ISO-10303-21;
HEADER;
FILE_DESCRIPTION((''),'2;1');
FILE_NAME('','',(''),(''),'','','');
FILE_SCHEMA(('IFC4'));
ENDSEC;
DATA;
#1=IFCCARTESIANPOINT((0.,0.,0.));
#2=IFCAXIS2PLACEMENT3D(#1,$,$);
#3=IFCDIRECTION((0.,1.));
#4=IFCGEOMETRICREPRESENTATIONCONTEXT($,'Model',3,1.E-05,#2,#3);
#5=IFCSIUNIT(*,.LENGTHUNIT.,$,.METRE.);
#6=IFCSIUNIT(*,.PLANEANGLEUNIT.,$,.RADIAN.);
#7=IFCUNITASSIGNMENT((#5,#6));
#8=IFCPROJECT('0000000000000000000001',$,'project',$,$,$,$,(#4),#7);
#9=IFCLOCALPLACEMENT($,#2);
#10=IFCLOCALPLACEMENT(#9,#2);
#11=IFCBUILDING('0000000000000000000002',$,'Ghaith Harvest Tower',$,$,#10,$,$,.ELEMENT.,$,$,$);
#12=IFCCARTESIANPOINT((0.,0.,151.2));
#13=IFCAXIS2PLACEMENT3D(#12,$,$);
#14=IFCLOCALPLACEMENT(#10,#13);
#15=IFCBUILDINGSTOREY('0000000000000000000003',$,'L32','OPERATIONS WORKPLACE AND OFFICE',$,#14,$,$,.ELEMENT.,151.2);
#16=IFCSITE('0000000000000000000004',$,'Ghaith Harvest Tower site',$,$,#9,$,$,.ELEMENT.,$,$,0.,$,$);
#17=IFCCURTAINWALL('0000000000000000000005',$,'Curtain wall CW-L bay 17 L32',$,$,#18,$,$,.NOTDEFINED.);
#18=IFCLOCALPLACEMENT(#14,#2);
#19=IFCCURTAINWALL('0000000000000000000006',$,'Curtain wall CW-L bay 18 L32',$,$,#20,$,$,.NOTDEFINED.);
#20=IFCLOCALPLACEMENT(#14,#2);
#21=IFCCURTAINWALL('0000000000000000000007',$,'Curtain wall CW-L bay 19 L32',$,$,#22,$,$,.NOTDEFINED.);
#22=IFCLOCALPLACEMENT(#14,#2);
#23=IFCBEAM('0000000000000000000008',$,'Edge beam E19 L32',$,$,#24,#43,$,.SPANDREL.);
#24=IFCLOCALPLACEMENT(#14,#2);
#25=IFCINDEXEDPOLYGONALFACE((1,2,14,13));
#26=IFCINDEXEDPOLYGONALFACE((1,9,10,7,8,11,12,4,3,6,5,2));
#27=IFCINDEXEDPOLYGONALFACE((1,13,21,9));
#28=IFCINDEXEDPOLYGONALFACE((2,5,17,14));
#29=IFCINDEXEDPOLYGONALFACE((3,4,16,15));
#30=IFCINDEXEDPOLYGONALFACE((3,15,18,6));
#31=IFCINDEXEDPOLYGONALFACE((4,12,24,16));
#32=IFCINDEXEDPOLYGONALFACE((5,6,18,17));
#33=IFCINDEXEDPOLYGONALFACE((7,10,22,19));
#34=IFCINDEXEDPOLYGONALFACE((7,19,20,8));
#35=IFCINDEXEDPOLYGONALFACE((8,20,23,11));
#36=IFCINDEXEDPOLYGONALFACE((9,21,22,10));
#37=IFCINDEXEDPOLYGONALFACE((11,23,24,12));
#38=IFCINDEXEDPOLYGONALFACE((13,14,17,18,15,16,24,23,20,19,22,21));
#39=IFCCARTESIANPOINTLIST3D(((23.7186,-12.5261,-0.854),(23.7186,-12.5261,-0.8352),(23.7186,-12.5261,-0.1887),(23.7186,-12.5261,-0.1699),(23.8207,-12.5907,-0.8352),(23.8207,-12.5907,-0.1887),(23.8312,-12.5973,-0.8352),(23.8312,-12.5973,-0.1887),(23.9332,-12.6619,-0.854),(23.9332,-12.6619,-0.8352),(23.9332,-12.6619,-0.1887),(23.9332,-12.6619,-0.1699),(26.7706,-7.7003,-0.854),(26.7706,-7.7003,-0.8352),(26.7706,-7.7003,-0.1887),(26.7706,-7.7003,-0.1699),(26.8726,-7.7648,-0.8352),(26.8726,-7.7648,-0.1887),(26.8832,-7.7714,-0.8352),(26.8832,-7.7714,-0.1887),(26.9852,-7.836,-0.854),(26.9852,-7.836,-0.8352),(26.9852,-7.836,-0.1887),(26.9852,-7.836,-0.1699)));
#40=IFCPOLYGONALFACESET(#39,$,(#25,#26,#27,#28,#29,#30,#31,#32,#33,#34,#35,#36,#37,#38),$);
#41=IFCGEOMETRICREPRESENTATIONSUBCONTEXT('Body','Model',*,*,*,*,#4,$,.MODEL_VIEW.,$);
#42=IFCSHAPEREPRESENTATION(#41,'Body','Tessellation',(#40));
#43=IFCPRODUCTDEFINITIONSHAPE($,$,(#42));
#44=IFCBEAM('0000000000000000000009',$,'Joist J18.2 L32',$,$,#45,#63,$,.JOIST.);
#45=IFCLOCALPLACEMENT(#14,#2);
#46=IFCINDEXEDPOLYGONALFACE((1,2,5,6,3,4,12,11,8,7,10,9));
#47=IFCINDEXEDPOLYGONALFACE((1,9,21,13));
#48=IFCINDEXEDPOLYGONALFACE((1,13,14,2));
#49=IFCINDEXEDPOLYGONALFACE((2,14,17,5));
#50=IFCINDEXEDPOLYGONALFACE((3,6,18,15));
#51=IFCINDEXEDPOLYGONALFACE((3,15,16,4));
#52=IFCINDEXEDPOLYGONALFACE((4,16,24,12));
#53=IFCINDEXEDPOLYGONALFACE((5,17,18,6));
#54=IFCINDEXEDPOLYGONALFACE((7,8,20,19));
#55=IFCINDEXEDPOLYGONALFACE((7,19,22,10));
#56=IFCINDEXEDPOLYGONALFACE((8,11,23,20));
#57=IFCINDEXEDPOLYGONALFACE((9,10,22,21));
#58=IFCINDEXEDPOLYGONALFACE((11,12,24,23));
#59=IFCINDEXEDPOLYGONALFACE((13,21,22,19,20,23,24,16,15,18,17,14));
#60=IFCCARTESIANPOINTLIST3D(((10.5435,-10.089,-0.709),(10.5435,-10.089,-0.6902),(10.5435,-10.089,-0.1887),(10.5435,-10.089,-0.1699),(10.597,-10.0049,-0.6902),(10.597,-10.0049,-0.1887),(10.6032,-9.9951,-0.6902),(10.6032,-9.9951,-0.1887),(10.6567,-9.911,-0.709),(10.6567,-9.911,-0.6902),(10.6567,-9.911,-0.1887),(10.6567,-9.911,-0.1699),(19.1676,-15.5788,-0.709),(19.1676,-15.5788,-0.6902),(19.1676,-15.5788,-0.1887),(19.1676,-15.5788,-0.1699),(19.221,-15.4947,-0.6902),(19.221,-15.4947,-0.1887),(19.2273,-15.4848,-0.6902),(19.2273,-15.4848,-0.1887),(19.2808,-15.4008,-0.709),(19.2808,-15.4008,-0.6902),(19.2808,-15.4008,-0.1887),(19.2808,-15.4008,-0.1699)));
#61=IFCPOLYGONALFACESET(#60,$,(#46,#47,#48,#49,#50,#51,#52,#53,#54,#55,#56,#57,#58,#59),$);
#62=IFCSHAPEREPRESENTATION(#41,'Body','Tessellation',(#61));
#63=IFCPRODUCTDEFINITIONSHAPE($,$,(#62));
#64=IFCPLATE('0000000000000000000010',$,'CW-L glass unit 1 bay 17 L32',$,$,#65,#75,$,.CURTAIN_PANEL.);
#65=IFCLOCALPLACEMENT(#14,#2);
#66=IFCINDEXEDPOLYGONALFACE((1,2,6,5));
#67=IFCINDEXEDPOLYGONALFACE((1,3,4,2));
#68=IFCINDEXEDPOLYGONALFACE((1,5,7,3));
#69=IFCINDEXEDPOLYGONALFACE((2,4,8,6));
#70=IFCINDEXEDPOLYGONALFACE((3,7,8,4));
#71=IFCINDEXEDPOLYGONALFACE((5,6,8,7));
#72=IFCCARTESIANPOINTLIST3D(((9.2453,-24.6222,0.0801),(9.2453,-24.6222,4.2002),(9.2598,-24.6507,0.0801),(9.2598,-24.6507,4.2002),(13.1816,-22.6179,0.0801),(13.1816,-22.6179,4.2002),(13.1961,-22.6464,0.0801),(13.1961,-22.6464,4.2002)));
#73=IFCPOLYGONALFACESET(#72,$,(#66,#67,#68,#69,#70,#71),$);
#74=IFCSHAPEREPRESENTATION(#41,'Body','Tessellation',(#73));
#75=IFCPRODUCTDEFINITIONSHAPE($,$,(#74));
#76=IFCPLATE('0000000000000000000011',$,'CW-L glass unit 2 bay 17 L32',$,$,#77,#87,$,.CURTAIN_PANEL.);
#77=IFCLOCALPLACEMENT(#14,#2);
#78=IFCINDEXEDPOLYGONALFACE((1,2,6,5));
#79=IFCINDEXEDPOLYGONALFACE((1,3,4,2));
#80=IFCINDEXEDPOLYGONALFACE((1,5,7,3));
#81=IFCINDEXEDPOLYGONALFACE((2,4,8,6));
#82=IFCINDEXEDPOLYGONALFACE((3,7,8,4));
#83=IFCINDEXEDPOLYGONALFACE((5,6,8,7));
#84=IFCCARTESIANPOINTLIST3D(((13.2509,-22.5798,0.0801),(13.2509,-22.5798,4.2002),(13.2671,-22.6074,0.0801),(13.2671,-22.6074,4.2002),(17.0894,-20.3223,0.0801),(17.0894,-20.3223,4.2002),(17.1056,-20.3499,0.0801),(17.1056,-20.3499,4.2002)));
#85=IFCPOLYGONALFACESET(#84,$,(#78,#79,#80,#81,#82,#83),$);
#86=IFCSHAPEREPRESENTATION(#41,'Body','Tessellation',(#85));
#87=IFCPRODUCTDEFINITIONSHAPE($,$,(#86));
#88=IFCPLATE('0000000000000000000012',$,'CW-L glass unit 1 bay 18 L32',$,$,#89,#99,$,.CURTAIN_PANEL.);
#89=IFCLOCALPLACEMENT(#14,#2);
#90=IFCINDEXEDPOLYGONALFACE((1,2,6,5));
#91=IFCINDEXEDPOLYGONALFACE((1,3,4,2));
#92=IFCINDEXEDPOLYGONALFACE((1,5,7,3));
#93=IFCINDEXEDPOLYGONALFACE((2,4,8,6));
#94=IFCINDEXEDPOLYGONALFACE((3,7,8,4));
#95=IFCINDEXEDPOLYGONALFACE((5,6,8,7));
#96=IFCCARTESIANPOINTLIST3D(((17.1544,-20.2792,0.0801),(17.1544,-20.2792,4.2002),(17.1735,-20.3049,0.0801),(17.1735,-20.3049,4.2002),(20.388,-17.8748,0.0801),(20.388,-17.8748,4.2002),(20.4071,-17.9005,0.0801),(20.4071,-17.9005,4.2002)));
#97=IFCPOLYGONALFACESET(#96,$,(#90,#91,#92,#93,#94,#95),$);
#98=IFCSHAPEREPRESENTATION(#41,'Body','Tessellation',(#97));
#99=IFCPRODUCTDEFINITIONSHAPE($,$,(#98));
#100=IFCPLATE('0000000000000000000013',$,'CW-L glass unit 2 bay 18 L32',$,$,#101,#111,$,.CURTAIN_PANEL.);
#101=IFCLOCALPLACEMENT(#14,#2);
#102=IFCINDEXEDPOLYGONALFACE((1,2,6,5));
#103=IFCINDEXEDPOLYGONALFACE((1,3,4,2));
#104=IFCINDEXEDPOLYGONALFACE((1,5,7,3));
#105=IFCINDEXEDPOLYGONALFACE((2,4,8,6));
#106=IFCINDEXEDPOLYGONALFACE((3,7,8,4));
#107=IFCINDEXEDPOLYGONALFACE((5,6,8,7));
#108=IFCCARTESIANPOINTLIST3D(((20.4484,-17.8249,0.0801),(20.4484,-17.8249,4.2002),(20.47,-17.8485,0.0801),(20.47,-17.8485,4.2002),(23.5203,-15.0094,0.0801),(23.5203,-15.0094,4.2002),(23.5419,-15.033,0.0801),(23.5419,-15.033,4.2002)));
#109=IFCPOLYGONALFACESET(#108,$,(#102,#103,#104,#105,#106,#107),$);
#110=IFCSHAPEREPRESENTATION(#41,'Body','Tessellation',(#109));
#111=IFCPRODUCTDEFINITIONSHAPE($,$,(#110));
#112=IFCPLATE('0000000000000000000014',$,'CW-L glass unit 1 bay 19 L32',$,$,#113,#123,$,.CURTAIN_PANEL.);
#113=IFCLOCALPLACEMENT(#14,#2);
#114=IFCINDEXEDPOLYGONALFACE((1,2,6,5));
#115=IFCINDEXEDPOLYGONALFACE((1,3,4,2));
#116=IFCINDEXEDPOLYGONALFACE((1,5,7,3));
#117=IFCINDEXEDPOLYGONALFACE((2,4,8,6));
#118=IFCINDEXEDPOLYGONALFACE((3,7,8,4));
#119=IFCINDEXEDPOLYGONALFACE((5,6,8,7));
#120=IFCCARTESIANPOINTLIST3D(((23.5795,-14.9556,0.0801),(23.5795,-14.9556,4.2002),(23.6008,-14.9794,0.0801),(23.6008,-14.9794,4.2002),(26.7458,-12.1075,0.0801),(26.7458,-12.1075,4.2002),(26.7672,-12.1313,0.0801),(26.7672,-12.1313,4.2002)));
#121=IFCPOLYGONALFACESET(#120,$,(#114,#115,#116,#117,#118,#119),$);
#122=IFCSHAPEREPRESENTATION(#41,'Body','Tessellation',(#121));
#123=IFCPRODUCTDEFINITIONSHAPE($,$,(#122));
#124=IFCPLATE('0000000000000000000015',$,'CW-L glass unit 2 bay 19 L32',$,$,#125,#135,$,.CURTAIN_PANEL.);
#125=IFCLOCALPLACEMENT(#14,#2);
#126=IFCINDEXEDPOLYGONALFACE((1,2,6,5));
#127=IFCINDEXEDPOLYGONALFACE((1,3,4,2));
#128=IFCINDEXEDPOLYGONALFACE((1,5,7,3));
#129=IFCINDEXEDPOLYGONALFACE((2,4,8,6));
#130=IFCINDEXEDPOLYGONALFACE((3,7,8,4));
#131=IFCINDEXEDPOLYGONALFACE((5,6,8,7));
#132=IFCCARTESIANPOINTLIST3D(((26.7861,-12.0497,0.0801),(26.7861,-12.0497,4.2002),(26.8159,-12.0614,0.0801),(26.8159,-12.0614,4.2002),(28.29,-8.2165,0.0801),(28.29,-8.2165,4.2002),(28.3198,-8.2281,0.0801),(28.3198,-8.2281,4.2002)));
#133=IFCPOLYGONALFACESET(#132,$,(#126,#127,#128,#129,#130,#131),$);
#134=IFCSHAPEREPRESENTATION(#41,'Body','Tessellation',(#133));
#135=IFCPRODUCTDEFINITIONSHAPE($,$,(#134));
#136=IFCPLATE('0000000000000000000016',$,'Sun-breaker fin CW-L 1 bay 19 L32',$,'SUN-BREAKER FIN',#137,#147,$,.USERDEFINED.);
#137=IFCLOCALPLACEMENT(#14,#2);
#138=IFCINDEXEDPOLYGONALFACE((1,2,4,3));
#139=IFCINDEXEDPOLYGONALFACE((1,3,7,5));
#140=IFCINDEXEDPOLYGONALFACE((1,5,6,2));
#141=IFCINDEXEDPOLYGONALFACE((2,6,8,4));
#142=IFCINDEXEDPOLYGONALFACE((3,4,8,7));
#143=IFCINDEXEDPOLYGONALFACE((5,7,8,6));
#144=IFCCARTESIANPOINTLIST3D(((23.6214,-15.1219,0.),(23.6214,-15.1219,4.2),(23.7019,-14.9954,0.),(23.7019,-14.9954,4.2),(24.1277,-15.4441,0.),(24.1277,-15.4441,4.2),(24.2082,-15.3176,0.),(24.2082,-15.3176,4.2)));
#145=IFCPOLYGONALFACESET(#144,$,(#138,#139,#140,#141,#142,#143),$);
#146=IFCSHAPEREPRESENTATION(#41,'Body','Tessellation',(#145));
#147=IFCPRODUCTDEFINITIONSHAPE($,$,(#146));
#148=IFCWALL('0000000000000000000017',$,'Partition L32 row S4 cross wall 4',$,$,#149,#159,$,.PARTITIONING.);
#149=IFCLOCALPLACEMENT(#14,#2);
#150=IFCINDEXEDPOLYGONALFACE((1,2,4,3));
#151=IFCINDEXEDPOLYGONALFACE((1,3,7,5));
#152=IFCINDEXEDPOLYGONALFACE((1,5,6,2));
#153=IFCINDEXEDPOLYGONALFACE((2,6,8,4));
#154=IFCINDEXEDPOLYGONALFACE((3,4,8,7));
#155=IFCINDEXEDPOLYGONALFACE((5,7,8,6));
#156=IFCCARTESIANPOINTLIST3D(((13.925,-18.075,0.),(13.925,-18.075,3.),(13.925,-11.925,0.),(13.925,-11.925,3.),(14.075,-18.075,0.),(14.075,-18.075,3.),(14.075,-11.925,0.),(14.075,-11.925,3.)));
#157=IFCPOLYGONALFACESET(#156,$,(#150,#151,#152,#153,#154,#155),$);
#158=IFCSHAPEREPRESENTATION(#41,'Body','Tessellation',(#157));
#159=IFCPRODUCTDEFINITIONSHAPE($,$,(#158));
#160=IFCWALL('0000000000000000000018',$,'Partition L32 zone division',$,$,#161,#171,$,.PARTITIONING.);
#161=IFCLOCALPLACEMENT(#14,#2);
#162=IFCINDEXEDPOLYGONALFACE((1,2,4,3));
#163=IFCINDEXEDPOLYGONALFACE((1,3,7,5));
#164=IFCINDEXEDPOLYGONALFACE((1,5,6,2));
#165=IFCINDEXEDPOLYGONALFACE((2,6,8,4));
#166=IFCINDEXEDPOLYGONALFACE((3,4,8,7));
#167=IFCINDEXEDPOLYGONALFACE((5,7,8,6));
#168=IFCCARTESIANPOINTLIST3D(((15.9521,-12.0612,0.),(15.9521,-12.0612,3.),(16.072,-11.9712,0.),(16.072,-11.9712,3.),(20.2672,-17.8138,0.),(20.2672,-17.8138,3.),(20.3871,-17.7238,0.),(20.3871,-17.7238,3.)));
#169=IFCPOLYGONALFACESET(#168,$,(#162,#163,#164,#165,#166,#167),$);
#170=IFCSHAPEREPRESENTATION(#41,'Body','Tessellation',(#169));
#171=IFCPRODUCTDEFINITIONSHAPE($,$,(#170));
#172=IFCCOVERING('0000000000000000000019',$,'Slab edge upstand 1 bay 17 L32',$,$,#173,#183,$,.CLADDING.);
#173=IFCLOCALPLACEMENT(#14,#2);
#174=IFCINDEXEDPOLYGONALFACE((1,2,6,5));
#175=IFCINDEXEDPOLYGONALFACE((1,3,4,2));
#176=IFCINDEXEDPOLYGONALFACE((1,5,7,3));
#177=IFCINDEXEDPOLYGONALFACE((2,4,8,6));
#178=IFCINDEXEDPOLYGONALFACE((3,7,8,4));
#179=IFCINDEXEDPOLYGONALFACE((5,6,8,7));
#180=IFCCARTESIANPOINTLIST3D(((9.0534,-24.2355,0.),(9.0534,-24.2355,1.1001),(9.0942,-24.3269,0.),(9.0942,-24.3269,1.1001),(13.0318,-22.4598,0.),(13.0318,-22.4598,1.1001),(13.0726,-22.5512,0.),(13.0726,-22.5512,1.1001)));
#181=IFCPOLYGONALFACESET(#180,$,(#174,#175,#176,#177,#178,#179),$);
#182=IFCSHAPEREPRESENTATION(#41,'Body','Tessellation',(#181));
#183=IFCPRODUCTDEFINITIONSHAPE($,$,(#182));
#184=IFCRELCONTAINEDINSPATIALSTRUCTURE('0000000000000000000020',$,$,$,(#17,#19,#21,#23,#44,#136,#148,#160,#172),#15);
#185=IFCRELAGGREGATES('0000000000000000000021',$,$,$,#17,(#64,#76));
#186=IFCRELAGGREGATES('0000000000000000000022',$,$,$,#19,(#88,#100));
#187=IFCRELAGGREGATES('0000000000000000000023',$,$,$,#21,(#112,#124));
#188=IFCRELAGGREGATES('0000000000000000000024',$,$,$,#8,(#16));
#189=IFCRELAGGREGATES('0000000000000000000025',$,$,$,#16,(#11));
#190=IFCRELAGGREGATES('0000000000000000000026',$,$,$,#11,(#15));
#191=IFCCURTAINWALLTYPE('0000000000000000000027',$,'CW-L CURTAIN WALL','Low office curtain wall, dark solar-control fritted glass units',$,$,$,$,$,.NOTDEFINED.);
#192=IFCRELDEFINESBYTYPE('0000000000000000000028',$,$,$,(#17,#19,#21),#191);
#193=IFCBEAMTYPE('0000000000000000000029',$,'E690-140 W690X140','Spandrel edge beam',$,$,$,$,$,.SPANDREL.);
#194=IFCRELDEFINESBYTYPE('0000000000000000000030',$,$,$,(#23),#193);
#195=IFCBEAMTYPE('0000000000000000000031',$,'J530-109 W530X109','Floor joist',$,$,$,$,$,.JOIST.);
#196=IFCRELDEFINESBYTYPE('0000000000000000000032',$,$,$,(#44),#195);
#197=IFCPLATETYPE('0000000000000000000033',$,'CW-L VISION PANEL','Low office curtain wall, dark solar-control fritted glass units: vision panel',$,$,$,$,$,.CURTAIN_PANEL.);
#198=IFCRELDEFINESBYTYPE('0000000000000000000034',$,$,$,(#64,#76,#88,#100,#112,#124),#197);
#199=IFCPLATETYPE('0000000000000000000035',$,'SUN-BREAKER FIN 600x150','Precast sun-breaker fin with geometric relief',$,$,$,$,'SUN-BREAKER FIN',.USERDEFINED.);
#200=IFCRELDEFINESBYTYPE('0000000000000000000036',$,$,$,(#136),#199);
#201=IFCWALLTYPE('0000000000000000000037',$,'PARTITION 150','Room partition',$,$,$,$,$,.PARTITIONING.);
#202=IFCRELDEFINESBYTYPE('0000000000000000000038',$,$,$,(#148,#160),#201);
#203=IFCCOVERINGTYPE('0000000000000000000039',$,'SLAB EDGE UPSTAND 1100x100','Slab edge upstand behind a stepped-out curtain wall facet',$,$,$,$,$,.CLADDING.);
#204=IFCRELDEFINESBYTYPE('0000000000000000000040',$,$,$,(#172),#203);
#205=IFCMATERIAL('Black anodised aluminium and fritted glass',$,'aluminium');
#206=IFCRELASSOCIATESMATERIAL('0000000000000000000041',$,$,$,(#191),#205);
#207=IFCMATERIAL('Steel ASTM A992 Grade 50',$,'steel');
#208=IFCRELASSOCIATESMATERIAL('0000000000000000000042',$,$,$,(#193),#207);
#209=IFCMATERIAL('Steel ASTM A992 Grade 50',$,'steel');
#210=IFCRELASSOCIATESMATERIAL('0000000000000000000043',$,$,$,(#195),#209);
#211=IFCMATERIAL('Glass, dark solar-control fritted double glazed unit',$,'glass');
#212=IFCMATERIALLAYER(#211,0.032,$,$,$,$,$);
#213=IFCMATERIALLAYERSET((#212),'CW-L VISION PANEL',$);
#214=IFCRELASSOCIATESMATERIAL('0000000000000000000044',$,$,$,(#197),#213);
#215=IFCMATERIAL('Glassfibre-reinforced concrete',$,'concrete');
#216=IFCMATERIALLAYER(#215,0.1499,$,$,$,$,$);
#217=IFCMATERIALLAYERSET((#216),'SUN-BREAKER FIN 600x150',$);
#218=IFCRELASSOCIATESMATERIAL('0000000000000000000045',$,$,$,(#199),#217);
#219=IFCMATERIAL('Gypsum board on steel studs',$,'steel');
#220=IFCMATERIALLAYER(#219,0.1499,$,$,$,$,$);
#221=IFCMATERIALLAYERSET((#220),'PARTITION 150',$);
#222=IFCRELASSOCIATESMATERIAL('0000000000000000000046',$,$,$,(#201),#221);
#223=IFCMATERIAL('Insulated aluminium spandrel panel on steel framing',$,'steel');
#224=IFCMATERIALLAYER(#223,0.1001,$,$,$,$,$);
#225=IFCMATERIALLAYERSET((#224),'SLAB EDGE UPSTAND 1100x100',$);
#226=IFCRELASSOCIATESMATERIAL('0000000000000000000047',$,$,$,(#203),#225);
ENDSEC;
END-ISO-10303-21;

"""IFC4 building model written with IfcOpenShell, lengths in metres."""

from ifc_helpers import new_model, si_unit, direction, frame, frame_2d, origin, origin_2d, place, context, subcontext, project, spatial, rectangle, i_section, extrude, material, layer, layer_set, material_profile, profile_set, type_object, element, aggregate, save


model = new_model("IFC4")

# Units and contexts
model_context = context("Model", 3, precision=1e-05, world=origin(), true_north=direction((0.0, 1.0)))
body_context = subcontext(model_context, "Body", "Model", "MODEL_VIEW")
ifc_project = project(units=[si_unit("LENGTHUNIT", "METRE"), si_unit("PLANEANGLEUNIT", "RADIAN")], contexts=[model_context])

# Site, building, storey
site_placement = place(None, origin())
site = spatial("IfcSite", under=ifc_project, at=site_placement, Name="Ghaith Harvest Tower site", CompositionType="ELEMENT", RefElevation=0.0)
building_placement = place(site_placement, origin())
building = spatial("IfcBuilding", under=site, at=building_placement, Name="Ghaith Harvest Tower", CompositionType="ELEMENT")
storey_placement = place(building_placement, frame((0.0, 0.0, 151.2)))
storey = spatial("IfcBuildingStorey", under=building, at=storey_placement, Name="L32", Description="OPERATIONS WORKPLACE AND OFFICE", CompositionType="ELEMENT", Elevation=151.2)

# Curtain wall
ifc_material_1 = material(Name="Black anodised aluminium and fritted glass", Category="aluminium")
curtain_wall_type = type_object("IfcCurtainWallType", Name="CW-L CURTAIN WALL", Description="Low office curtain wall, dark solar-control fritted glass units", PredefinedType="NOTDEFINED", material=ifc_material_1)
curtain_wall_1_placement = place(storey_placement, origin())
curtain_wall_1 = element("IfcCurtainWall", 1, at=curtain_wall_1_placement, inside=storey, type_object=curtain_wall_type, Name="Curtain wall CW-L bay 17 L32", PredefinedType="NOTDEFINED")

# Curtain walls
curtain_wall_2_placement = place(storey_placement, origin())
curtain_wall_2 = element("IfcCurtainWall", 2, at=curtain_wall_2_placement, inside=storey, type_object=curtain_wall_type, Name="Curtain wall CW-L bay 18 L32", PredefinedType="NOTDEFINED")
curtain_wall_3_placement = place(storey_placement, origin())
curtain_wall_3 = element("IfcCurtainWall", 3, at=curtain_wall_3_placement, inside=storey, type_object=curtain_wall_type, Name="Curtain wall CW-L bay 19 L32", PredefinedType="NOTDEFINED")

# Beams
ifc_material_2 = material(Name="Steel ASTM A992 Grade 50", Category="steel")
ifc_material_profile_1 = material_profile(ifc_material_2, i_section(OverallWidth=0.2539, OverallDepth=0.6841, WebThickness=0.0125, FlangeThickness=0.0188, at=origin_2d()), Name="W690X140")
ifc_profile_set_1 = profile_set([ifc_material_profile_1], Name="Steel ASTM A992 Grade 50")
beam_type_1 = type_object("IfcBeamType", Name="E690-140 W690X140", Description="Spandrel edge beam", PredefinedType="SPANDREL", material=ifc_profile_set_1)
beam_1_placement = place(storey_placement, frame((23.8259, -12.594, -0.512), z_axis=(0.5345, 0.845169, 0.0), x_axis=(-0.845169, 0.5345, 0.0)))
element("IfcBeam", 4, at=beam_1_placement, inside=storey, type_object=beam_type_1, Name="Edge beam E19 L32", PredefinedType="SPANDREL", context=body_context, shape_type="SweptSolid", body=[
    extrude(i_section(OverallWidth=0.2539, OverallDepth=0.6841, WebThickness=0.0125, FlangeThickness=0.0188, at=origin_2d()), origin(), (0.0, 0.0, 1.0), 5.71),
])
ifc_material_3 = material(Name="Steel ASTM A992 Grade 50", Category="steel")
ifc_material_profile_2 = material_profile(ifc_material_3, i_section(OverallWidth=0.2109, OverallDepth=0.5391, WebThickness=0.0117, FlangeThickness=0.0188, at=origin_2d()), Name="W530X109")
ifc_profile_set_2 = profile_set([ifc_material_profile_2], Name="Steel ASTM A992 Grade 50")
beam_type_2 = type_object("IfcBeamType", Name="J530-109 W530X109", Description="Floor joist", PredefinedType="JOIST", material=ifc_profile_set_2)
beam_2_placement = place(storey_placement, frame((10.6001, -10.0, -0.4395), z_axis=(0.843585, -0.536996, 0.0), x_axis=(0.536996, 0.843585, 0.0)))
element("IfcBeam", 5, at=beam_2_placement, inside=storey, type_object=beam_type_2, Name="Joist J18.2 L32", PredefinedType="JOIST", context=body_context, shape_type="SweptSolid", body=[
    extrude(i_section(OverallWidth=0.2109, OverallDepth=0.5391, WebThickness=0.0117, FlangeThickness=0.0188, at=origin_2d()), origin(), (0.0, 0.0, 1.0), 10.2231),
])

# Plates
ifc_material_4 = material(Name="Glass, dark solar-control fritted double glazed unit", Category="glass")
ifc_layer_1 = layer(ifc_material_4, 0.032)
ifc_layer_set_1 = layer_set([ifc_layer_1], Name="CW-L VISION PANEL")
plate_type_1 = type_object("IfcPlateType", Name="CW-L VISION PANEL", Description="Low office curtain wall, dark solar-control fritted glass units: vision panel", PredefinedType="CURTAIN_PANEL", material=ifc_layer_set_1)
plate_1_placement = place(storey_placement, frame((11.2207, -23.6343, 0.0801), z_axis=(0.0, 0.0, 1.0), x_axis=(0.891127, 0.453754, 0.0)))
plate_1 = element("IfcPlate", 6, at=plate_1_placement, type_object=plate_type_1, Name="CW-L glass unit 1 bay 17 L32", PredefinedType="CURTAIN_PANEL", context=body_context, shape_type="SweptSolid", body=[
    extrude(rectangle(XDim=4.4172, YDim=0.032, at=origin_2d()), origin(), (0.0, 0.0, 1.0), 4.1201),
])
plate_2_placement = place(storey_placement, frame((15.1782, -21.4648, 0.0801), z_axis=(0.0, 0.0, 1.0), x_axis=(0.861979, 0.506943, 0.0)))
plate_2 = element("IfcPlate", 7, at=plate_2_placement, type_object=plate_type_1, Name="CW-L glass unit 2 bay 17 L32", PredefinedType="CURTAIN_PANEL", context=body_context, shape_type="SweptSolid", body=[
    extrude(rectangle(XDim=4.4531, YDim=0.032, at=origin_2d()), origin(), (0.0, 0.0, 1.0), 4.1201),
])
aggregate(curtain_wall_1, [plate_1, plate_2])
plate_3_placement = place(storey_placement, frame((18.7808, -19.0898, 0.0801), z_axis=(0.0, 0.0, 1.0), x_axis=(0.802462, 0.596703, 0.0)))
plate_3 = element("IfcPlate", 8, at=plate_3_placement, type_object=plate_type_1, Name="CW-L glass unit 1 bay 18 L32", PredefinedType="CURTAIN_PANEL", context=body_context, shape_type="SweptSolid", body=[
    extrude(rectangle(XDim=4.0295, YDim=0.032, at=origin_2d()), origin(), (0.0, 0.0, 1.0), 4.1201),
])
plate_4_placement = place(storey_placement, frame((21.9951, -16.429, 0.0801), z_axis=(0.0, 0.0, 1.0), x_axis=(0.737202, 0.675673, 0.0)))
plate_4 = element("IfcPlate", 9, at=plate_4_placement, type_object=plate_type_1, Name="CW-L glass unit 2 bay 18 L32", PredefinedType="CURTAIN_PANEL", context=body_context, shape_type="SweptSolid", body=[
    extrude(rectangle(XDim=4.167, YDim=0.032, at=origin_2d()), origin(), (0.0, 0.0, 1.0), 4.1201),
])
aggregate(curtain_wall_2, [plate_3, plate_4])
plate_5_placement = place(storey_placement, frame((25.1733, -13.5435, 0.0801), z_axis=(0.0, 0.0, 1.0), x_axis=(0.743493, 0.668744, 0.0)))
plate_5 = element("IfcPlate", 10, at=plate_5_placement, type_object=plate_type_1, Name="CW-L glass unit 1 bay 19 L32", PredefinedType="CURTAIN_PANEL", context=body_context, shape_type="SweptSolid", body=[
    extrude(rectangle(XDim=4.2588, YDim=0.032, at=origin_2d()), origin(), (0.0, 0.0, 1.0), 4.1201),
])
plate_6_placement = place(storey_placement, frame((27.553, -10.1389, 0.0801), z_axis=(0.0, 0.0, 1.0), x_axis=(0.365226, 0.930919, 0.0)))
plate_6 = element("IfcPlate", 11, at=plate_6_placement, type_object=plate_type_1, Name="CW-L glass unit 2 bay 19 L32", PredefinedType="CURTAIN_PANEL", context=body_context, shape_type="SweptSolid", body=[
    extrude(rectangle(XDim=4.1177, YDim=0.032, at=origin_2d()), origin(), (0.0, 0.0, 1.0), 4.1201),
])
aggregate(curtain_wall_3, [plate_5, plate_6])
ifc_material_5 = material(Name="Glassfibre-reinforced concrete", Category="concrete")
ifc_layer_2 = layer(ifc_material_5, 0.1499)
ifc_layer_set_2 = layer_set([ifc_layer_2], Name="SUN-BREAKER FIN 600x150")
plate_type_2 = type_object("IfcPlateType", Name="SUN-BREAKER FIN 600x150", Description="Precast sun-breaker fin with geometric relief", ElementType="SUN-BREAKER FIN", PredefinedType="USERDEFINED", material=ifc_layer_set_2)
plate_7_placement = place(storey_placement, frame((23.9148, -15.2197, 0.0), z_axis=(0.0, 0.0, 1.0), x_axis=(0.843644, -0.536903, 0.0)))
element("IfcPlate", 12, at=plate_7_placement, inside=storey, type_object=plate_type_2, Name="Sun-breaker fin CW-L 1 bay 19 L32", ObjectType="SUN-BREAKER FIN", PredefinedType="USERDEFINED", context=body_context, shape_type="SweptSolid", body=[
    extrude(rectangle(XDim=0.6001, YDim=0.1499, at=origin_2d()), origin(), (0.0, 0.0, 1.0), 4.2),
])

# Walls
ifc_material_6 = material(Name="Gypsum board on steel studs", Category="steel")
ifc_layer_3 = layer(ifc_material_6, 0.1499)
ifc_layer_set_3 = layer_set([ifc_layer_3], Name="PARTITION 150")
wall_type = type_object("IfcWallType", Name="PARTITION 150", Description="Room partition", PredefinedType="PARTITIONING", material=ifc_layer_set_3)
wall_1_placement = place(storey_placement, frame((14.0, -11.925, 0.0), z_axis=(0.0, 0.0, 1.0), x_axis=(0.0, -1.0, 0.0)))
element("IfcWall", 13, at=wall_1_placement, inside=storey, type_object=wall_type, Name="Partition L32 row S4 cross wall 4", PredefinedType="PARTITIONING", context=body_context, shape_type="SweptSolid", body=[
    extrude(rectangle(XDim=6.1499, YDim=0.1499, at=frame_2d((3.075, 0.0))), origin(), (0.0, 0.0, 1.0), 3.0),
])
wall_2_placement = place(storey_placement, frame((16.012, -12.0161, 0.0), z_axis=(0.0, 0.0, 1.0), x_axis=(0.60006, -0.799955, 0.0)))
element("IfcWall", 14, at=wall_2_placement, inside=storey, type_object=wall_type, Name="Partition L32 zone division", PredefinedType="PARTITIONING", context=body_context, shape_type="SweptSolid", body=[
    extrude(rectangle(XDim=7.1912, YDim=0.1499, at=frame_2d((3.5957, 0.0))), origin(), (0.0, 0.0, 1.0), 3.0),
])

# Covering
ifc_material_7 = material(Name="Insulated aluminium spandrel panel on steel framing", Category="steel")
ifc_layer_4 = layer(ifc_material_7, 0.1001)
ifc_layer_set_4 = layer_set([ifc_layer_4], Name="SLAB EDGE UPSTAND 1100x100")
covering_type = type_object("IfcCoveringType", Name="SLAB EDGE UPSTAND 1100x100", Description="Slab edge upstand behind a stepped-out curtain wall facet", PredefinedType="CLADDING", material=ifc_layer_set_4)
covering_1_placement = place(storey_placement, frame((11.063, -23.3933, 0.0), z_axis=(0.0, 0.0, 1.0), x_axis=(0.91317, 0.407578, 0.0)))
element("IfcCovering", 15, at=covering_1_placement, inside=storey, type_object=covering_type, Name="Slab edge upstand 1 bay 17 L32", PredefinedType="CLADDING", context=body_context, shape_type="SweptSolid", body=[
    extrude(rectangle(XDim=4.3567, YDim=0.1001, at=origin_2d()), origin(), (0.0, 0.0, 1.0), 1.1001),
])

save(model, "model.ifc")
